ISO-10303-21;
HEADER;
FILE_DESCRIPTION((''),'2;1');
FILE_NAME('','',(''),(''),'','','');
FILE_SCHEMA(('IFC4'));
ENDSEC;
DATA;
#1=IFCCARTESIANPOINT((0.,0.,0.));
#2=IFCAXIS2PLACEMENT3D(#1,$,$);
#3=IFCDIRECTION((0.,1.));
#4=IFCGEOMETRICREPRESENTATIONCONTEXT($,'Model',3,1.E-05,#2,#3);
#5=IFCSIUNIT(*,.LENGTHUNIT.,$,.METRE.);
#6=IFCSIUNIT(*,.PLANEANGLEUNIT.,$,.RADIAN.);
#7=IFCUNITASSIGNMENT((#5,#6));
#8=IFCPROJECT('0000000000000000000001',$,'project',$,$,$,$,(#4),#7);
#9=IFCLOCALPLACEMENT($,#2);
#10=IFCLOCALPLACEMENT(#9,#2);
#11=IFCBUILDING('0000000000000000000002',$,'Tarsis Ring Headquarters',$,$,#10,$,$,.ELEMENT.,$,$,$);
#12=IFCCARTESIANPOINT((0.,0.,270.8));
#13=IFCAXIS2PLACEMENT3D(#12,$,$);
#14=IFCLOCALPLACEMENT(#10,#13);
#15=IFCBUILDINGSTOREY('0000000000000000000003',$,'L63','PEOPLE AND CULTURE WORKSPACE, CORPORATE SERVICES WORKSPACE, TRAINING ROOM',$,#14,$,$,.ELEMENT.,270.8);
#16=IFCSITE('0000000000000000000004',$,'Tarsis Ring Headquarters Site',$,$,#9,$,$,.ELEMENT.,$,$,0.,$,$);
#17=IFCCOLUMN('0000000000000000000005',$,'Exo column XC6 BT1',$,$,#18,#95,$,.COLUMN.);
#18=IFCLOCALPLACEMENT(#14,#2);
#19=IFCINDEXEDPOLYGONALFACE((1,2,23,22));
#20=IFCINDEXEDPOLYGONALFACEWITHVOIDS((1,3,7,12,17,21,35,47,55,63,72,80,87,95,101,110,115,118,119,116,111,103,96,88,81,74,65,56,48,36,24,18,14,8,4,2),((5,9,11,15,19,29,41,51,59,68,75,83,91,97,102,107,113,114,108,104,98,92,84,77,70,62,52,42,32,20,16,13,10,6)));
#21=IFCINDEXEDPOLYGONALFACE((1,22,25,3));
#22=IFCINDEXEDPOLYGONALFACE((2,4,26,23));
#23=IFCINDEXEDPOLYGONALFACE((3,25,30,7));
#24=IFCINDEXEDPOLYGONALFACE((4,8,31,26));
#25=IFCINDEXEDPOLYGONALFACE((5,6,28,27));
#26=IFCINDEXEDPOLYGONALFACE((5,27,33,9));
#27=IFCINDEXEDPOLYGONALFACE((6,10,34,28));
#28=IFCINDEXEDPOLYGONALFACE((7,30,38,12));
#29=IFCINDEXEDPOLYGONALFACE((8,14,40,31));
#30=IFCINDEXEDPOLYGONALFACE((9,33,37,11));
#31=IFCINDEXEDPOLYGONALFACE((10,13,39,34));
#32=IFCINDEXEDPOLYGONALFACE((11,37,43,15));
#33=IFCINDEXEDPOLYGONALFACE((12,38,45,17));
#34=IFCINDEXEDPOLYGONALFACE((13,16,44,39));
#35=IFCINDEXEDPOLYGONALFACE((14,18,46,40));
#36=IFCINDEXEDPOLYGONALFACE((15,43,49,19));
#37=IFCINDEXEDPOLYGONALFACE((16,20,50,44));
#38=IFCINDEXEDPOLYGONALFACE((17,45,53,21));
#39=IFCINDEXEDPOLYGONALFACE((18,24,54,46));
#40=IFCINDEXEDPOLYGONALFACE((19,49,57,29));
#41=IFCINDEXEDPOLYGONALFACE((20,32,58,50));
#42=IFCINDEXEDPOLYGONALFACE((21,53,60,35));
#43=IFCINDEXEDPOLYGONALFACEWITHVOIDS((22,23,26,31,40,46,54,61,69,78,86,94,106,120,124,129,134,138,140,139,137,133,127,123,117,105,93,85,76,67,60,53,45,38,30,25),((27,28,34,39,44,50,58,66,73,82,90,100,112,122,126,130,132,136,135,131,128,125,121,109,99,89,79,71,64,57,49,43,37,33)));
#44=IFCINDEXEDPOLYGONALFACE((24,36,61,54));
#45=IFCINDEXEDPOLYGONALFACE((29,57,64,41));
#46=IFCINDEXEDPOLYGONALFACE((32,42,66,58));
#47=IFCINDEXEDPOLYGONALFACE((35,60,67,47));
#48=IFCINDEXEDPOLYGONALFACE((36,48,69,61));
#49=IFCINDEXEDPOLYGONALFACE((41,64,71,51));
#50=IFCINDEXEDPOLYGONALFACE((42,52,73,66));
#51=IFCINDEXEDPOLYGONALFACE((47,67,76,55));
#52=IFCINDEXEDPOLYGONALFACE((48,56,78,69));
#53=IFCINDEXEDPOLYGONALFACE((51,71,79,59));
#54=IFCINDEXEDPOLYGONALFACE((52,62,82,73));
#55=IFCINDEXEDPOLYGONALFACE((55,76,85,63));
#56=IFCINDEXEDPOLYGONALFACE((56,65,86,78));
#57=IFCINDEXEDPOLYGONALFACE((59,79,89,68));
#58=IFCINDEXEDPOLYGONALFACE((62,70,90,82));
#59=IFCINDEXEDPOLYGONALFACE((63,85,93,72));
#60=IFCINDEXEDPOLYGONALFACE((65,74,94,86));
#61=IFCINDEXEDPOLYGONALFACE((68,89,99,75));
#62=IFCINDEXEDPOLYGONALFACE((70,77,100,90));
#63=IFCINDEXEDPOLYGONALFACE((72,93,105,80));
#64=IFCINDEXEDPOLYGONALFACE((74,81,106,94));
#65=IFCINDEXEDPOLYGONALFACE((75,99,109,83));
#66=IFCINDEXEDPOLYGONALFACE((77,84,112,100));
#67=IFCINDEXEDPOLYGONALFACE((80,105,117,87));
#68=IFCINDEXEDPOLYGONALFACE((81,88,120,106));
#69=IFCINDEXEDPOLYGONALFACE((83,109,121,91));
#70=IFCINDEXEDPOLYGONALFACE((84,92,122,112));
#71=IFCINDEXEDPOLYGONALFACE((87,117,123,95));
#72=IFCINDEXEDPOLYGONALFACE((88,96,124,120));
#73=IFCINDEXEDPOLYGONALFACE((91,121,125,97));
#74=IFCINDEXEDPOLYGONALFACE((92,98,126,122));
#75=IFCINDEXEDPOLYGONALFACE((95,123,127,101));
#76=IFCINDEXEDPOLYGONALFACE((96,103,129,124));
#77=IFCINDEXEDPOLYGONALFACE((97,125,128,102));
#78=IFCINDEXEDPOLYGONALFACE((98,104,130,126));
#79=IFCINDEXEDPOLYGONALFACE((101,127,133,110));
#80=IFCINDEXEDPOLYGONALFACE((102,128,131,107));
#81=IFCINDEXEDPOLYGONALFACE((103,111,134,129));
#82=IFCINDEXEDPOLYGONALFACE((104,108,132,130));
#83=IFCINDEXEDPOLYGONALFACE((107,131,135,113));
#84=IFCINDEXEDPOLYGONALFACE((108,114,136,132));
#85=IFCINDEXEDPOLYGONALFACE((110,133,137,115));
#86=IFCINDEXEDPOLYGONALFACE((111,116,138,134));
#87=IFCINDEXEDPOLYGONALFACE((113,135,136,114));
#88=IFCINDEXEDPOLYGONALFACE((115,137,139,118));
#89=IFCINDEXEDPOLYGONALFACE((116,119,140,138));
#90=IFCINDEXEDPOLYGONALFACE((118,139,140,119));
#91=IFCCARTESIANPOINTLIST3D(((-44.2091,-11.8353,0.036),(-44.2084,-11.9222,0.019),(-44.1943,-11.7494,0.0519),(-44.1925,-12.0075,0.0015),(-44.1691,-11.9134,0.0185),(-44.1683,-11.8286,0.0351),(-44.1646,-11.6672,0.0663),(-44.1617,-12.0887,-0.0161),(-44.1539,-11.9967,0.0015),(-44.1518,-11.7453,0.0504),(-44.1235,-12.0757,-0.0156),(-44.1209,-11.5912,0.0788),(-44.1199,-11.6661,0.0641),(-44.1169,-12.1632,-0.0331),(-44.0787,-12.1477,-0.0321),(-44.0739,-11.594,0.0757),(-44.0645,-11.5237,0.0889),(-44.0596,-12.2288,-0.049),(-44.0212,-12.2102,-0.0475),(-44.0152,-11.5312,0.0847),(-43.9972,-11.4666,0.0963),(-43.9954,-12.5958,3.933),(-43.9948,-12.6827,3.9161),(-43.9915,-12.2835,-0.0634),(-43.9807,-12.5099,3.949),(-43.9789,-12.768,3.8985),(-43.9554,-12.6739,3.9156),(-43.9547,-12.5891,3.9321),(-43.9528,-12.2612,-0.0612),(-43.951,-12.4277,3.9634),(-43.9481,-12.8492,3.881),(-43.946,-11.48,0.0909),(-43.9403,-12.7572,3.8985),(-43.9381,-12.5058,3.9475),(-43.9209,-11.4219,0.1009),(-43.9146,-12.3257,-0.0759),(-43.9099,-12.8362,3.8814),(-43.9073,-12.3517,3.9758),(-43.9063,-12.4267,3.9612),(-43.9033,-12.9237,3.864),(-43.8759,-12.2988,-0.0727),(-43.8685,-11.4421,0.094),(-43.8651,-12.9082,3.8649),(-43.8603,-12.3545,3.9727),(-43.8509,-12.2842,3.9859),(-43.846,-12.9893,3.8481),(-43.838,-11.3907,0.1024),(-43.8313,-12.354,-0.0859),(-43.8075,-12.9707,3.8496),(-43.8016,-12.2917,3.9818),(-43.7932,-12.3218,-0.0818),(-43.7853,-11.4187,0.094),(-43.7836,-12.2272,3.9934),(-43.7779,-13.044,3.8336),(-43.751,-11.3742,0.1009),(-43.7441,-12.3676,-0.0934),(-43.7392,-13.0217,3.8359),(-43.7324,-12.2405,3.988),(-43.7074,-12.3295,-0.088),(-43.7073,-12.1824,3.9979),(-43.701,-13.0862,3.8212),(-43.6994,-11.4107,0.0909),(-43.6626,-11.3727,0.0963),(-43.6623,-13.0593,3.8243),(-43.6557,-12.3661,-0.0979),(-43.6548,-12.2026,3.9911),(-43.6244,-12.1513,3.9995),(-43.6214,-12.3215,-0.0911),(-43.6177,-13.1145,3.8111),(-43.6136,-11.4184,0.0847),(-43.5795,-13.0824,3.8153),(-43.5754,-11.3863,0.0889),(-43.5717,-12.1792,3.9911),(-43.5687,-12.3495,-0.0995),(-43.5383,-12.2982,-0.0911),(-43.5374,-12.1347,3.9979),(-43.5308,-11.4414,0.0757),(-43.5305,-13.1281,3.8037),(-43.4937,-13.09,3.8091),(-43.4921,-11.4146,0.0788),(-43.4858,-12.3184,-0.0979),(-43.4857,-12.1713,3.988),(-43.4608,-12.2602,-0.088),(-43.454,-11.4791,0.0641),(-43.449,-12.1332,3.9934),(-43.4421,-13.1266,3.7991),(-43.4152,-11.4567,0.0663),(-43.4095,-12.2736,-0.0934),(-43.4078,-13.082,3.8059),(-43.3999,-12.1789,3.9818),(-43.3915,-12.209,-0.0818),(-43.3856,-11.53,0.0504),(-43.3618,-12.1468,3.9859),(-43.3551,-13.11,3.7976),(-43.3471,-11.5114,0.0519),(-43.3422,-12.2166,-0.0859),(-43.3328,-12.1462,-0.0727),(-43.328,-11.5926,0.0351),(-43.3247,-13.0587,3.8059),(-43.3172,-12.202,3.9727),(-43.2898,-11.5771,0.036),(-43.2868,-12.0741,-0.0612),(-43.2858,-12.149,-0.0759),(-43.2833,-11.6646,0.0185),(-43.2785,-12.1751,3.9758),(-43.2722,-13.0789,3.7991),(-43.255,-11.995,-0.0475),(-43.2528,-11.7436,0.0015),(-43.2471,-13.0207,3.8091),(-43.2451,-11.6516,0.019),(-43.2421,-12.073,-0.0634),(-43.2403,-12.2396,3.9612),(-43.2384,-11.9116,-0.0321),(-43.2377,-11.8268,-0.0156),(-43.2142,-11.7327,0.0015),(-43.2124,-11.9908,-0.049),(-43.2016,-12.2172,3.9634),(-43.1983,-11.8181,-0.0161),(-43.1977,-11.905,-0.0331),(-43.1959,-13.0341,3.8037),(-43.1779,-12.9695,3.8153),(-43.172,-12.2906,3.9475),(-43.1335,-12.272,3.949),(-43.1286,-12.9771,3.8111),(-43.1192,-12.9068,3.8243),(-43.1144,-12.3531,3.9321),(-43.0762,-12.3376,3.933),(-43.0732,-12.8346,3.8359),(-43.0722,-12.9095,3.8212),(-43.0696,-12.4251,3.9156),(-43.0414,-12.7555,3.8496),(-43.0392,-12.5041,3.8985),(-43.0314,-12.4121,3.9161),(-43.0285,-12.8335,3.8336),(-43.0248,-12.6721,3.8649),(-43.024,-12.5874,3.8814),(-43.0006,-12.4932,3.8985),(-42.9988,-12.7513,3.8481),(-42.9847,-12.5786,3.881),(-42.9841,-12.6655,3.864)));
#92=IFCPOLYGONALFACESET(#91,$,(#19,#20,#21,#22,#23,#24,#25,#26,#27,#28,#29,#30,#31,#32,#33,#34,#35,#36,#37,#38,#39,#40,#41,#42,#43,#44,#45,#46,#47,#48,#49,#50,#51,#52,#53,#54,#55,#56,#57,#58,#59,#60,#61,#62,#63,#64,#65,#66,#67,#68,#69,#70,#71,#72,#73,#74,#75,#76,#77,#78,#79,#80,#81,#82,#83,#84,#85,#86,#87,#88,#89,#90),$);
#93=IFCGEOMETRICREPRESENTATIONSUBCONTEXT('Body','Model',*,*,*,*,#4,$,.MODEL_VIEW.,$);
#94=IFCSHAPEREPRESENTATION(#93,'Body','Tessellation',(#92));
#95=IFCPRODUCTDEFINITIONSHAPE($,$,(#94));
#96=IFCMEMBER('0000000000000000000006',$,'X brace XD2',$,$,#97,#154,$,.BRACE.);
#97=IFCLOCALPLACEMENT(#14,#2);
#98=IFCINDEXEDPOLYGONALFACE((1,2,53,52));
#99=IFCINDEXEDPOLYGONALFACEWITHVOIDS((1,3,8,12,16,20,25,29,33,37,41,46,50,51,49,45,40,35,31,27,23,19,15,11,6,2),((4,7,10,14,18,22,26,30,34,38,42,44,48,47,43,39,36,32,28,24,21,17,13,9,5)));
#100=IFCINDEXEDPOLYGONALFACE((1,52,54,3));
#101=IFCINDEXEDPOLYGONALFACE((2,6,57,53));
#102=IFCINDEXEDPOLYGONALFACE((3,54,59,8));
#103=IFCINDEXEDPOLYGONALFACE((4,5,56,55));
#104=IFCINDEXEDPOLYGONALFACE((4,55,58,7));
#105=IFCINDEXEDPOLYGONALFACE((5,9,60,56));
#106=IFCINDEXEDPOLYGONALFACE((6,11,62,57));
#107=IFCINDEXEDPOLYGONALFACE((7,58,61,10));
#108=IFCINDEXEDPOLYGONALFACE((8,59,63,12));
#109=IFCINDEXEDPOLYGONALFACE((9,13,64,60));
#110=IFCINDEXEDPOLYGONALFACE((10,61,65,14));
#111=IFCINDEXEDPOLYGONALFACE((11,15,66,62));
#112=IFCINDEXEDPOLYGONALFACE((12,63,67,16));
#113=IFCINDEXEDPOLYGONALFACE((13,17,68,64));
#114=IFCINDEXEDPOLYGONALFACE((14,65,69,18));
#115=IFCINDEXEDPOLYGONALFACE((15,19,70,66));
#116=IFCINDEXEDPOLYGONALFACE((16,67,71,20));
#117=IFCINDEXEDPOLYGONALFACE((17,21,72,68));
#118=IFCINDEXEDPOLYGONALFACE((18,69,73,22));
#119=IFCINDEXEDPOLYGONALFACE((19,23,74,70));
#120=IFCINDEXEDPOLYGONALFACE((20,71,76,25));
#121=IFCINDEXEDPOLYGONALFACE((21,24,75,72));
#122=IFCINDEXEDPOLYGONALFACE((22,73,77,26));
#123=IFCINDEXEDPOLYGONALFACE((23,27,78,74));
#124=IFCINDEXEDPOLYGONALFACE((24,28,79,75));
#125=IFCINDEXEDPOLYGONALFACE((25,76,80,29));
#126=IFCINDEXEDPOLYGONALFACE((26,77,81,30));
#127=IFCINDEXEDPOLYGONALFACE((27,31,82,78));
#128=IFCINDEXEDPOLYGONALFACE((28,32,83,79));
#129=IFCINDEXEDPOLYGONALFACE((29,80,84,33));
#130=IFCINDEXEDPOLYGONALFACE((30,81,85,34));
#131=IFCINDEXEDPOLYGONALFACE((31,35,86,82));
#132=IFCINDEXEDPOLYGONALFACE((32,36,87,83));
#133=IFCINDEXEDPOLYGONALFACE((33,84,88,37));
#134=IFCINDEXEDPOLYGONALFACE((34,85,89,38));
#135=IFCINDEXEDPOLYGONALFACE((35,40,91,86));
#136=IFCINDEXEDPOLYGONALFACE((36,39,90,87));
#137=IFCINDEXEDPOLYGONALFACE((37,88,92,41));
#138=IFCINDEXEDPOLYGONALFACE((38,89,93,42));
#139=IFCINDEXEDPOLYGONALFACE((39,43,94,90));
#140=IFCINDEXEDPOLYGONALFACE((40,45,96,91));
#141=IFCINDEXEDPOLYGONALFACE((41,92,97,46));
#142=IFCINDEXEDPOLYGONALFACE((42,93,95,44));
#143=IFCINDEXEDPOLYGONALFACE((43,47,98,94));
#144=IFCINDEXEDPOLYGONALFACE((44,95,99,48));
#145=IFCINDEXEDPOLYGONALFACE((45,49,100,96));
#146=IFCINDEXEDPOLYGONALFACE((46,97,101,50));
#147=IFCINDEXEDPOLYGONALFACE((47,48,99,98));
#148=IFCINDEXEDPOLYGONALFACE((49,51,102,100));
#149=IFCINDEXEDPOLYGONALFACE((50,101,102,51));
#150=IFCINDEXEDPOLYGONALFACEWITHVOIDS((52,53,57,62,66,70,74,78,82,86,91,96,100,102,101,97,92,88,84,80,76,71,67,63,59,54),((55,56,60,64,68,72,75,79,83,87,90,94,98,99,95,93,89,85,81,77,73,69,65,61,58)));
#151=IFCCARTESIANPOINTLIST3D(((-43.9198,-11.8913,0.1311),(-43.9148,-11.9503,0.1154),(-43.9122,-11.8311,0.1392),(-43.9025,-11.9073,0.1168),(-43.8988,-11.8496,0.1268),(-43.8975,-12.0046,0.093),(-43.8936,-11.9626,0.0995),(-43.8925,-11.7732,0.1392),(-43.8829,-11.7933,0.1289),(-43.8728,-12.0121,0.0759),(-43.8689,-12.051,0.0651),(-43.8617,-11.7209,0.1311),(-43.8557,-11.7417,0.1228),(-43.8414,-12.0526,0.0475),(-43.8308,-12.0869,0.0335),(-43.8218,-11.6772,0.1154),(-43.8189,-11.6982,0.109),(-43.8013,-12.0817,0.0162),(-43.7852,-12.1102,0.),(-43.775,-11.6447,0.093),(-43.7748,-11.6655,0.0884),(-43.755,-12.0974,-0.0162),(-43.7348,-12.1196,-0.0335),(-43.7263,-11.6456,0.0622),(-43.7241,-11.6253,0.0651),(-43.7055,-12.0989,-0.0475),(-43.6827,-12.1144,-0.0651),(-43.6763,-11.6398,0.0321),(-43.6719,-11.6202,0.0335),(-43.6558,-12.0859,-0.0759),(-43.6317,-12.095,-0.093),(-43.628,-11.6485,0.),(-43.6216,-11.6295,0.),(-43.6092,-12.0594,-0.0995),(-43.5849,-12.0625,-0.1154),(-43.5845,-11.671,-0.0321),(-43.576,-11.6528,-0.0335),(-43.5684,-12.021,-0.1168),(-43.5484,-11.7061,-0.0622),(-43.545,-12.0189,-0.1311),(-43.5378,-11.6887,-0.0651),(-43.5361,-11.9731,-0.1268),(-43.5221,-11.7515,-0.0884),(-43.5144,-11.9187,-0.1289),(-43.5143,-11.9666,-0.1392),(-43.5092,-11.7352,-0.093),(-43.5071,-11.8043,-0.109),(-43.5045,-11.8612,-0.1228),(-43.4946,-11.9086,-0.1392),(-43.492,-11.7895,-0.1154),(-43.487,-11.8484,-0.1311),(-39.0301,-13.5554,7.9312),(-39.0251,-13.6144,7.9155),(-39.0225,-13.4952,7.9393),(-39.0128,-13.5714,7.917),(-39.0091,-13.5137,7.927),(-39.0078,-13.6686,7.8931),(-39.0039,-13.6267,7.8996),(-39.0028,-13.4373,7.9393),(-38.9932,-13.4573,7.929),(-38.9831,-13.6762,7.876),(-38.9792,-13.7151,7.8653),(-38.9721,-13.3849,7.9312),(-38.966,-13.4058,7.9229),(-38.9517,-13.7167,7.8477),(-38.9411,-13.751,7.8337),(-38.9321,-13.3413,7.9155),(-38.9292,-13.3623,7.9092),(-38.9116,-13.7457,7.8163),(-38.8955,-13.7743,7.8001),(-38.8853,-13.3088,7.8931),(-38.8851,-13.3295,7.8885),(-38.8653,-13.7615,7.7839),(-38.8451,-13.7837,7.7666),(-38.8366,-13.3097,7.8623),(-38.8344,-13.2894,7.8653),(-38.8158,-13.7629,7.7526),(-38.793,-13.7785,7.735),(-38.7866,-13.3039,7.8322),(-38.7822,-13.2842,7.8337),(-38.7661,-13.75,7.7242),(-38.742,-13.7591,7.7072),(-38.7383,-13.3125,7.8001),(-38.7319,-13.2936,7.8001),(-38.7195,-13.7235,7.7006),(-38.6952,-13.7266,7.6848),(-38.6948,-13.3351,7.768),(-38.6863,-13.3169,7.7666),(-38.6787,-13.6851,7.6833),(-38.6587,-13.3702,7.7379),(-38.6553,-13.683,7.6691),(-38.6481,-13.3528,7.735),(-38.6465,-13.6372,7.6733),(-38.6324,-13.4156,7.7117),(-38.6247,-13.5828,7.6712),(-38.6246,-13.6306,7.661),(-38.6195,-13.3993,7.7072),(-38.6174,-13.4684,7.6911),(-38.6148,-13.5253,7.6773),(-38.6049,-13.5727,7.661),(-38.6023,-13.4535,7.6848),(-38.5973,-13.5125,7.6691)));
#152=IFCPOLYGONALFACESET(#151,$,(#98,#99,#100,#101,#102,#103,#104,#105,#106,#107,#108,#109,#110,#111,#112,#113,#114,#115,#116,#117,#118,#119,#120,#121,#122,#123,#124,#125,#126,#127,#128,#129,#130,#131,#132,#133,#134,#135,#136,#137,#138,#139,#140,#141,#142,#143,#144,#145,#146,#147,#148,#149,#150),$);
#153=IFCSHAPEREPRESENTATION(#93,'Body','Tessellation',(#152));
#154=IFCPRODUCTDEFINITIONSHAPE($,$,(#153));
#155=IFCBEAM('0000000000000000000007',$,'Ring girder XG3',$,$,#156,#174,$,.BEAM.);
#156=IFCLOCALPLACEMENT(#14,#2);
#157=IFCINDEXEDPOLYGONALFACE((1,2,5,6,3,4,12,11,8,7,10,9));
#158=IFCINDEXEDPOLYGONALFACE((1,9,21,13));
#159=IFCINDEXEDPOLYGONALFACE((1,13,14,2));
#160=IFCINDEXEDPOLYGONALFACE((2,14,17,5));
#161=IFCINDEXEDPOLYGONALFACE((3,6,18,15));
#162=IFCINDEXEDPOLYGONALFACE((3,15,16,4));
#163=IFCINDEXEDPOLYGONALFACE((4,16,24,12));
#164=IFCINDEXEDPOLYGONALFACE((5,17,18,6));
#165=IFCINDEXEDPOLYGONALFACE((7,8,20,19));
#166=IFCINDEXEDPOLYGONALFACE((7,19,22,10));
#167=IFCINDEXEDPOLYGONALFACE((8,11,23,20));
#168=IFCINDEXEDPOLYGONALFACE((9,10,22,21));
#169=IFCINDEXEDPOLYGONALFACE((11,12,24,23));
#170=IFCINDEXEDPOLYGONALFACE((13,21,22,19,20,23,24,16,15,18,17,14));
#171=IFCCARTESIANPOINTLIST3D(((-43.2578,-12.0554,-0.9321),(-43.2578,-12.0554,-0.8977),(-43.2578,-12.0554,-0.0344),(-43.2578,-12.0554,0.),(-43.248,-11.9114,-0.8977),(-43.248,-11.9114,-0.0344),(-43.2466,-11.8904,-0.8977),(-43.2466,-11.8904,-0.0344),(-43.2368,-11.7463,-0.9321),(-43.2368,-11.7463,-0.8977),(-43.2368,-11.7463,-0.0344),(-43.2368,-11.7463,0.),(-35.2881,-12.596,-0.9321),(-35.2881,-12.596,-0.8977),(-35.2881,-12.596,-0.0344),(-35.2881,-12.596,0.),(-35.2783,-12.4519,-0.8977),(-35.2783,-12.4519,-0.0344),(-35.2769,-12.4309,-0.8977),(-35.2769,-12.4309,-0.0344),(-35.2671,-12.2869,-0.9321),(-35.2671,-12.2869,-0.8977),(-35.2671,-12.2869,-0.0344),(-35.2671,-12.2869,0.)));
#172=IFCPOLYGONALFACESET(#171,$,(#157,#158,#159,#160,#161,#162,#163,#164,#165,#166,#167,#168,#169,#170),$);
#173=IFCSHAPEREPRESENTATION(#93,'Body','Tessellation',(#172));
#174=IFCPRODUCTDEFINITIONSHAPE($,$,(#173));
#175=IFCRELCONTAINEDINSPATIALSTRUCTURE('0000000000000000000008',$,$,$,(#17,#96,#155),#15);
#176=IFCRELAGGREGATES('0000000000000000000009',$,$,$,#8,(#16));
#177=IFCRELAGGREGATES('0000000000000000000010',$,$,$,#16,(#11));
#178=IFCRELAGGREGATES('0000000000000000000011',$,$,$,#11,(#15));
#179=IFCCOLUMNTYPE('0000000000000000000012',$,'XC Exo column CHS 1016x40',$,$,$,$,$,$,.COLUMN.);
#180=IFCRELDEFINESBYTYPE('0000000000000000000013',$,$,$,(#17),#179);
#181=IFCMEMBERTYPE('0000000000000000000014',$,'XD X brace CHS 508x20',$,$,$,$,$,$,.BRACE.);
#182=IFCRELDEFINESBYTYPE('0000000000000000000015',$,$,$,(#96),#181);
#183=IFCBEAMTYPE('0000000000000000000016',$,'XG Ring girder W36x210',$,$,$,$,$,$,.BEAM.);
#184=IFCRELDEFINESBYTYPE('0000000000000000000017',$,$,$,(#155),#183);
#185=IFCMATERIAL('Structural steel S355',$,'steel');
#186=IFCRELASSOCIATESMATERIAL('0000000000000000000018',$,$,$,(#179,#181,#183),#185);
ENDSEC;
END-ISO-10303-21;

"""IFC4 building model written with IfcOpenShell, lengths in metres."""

from ifc_helpers import new_model, si_unit, direction, frame, origin, origin_2d, place, context, subcontext, project, spatial, hollow_circle, i_section, extrude, material, material_profile, profile_set, type_object, element, save


model = new_model("IFC4")

# Units and contexts
model_context = context("Model", 3, precision=1e-05, world=origin(), true_north=direction((0.0, 1.0)))
body_context = subcontext(model_context, "Body", "Model", "MODEL_VIEW")
ifc_project = project(units=[si_unit("LENGTHUNIT", "METRE"), si_unit("PLANEANGLEUNIT", "RADIAN")], contexts=[model_context])

# Site, building, storey
site_placement = place(None, origin())
site = spatial("IfcSite", under=ifc_project, at=site_placement, Name="Tarsis Ring Headquarters Site", CompositionType="ELEMENT", RefElevation=0.0)
building_placement = place(site_placement, origin())
building = spatial("IfcBuilding", under=site, at=building_placement, Name="Tarsis Ring Headquarters", CompositionType="ELEMENT")
storey_placement = place(building_placement, frame((0.0, 0.0, 270.8)))
storey = spatial("IfcBuildingStorey", under=building, at=storey_placement, Name="L63", Description="PEOPLE AND CULTURE WORKSPACE, CORPORATE SERVICES WORKSPACE, TRAINING ROOM", CompositionType="ELEMENT", Elevation=270.8)

# Column
ifc_material_1 = material(Name="Structural steel S355", Category="steel")
ifc_material_profile_1 = material_profile(ifc_material_1, hollow_circle(Radius=0.5081, WallThickness=0.04, at=origin_2d()), Name="CHS 1016x40")
ifc_profile_set_1 = profile_set([ifc_material_profile_1], Name="Structural steel S355")
column_type = type_object("IfcColumnType", Name="XC Exo column CHS 1016x40", PredefinedType="COLUMN", material=ifc_profile_set_1)
column_placement = place(storey_placement, frame((-43.7034, -11.8701, 0.0015), z_axis=(0.053725, -0.191261, 0.980068), x_axis=(0.962739, 0.270432, 0.0)))
element("IfcColumn", 1, at=column_placement, inside=storey, type_object=column_type, Name="Exo column XC6 BT1", PredefinedType="COLUMN", context=body_context, shape_type="SweptSolid", body=[
    extrude(hollow_circle(Radius=0.5081, WallThickness=0.04, at=origin_2d()), origin(), (0.0, 0.0, 1.0), 3.9763),
])

# Member
ifc_material_profile_2 = material_profile(ifc_material_1, hollow_circle(Radius=0.2539, WallThickness=0.02, at=origin_2d()), Name="CHS 508x20")
ifc_profile_set_2 = profile_set([ifc_material_profile_2], Name="Structural steel S355")
member_type = type_object("IfcMemberType", Name="XD X brace CHS 508x20", PredefinedType="BRACE", material=ifc_profile_set_2)
member_placement = place(storey_placement, frame((-43.7034, -11.8699, 0.0), z_axis=(0.52267, -0.177877, 0.833772), x_axis=(0.322177, 0.946679, 0.0)))
element("IfcMember", 2, at=member_placement, inside=storey, type_object=member_type, Name="X brace XD2", PredefinedType="BRACE", context=body_context, shape_type="SweptSolid", body=[
    extrude(hollow_circle(Radius=0.2539, WallThickness=0.02, at=origin_2d()), origin(), (0.0, 0.0, 1.0), 9.3552),
])

# Beam
ifc_material_profile_3 = material_profile(ifc_material_1, i_section(OverallWidth=0.3098, OverallDepth=0.9321, WebThickness=0.021, FlangeThickness=0.0344, at=origin_2d()), Name="W36x210")
ifc_profile_set_3 = profile_set([ifc_material_profile_3], Name="Structural steel S355")
beam_type = type_object("IfcBeamType", Name="XG Ring girder W36x210", PredefinedType="BEAM", material=ifc_profile_set_3)
beam_placement = place(storey_placement, frame((-43.2473, -11.9009, -0.4661), z_axis=(0.997708, -0.067667, 0.0), x_axis=(0.067667, 0.997708, 0.0)))
element("IfcBeam", 3, at=beam_placement, inside=storey, type_object=beam_type, Name="Ring girder XG3", PredefinedType="BEAM", context=body_context, shape_type="SweptSolid", body=[
    extrude(i_section(OverallWidth=0.3098, OverallDepth=0.9321, WebThickness=0.021, FlangeThickness=0.0344, at=origin_2d()), origin(), (0.0, 0.0, 1.0), 7.988),
])

save(model, "model.ifc")
